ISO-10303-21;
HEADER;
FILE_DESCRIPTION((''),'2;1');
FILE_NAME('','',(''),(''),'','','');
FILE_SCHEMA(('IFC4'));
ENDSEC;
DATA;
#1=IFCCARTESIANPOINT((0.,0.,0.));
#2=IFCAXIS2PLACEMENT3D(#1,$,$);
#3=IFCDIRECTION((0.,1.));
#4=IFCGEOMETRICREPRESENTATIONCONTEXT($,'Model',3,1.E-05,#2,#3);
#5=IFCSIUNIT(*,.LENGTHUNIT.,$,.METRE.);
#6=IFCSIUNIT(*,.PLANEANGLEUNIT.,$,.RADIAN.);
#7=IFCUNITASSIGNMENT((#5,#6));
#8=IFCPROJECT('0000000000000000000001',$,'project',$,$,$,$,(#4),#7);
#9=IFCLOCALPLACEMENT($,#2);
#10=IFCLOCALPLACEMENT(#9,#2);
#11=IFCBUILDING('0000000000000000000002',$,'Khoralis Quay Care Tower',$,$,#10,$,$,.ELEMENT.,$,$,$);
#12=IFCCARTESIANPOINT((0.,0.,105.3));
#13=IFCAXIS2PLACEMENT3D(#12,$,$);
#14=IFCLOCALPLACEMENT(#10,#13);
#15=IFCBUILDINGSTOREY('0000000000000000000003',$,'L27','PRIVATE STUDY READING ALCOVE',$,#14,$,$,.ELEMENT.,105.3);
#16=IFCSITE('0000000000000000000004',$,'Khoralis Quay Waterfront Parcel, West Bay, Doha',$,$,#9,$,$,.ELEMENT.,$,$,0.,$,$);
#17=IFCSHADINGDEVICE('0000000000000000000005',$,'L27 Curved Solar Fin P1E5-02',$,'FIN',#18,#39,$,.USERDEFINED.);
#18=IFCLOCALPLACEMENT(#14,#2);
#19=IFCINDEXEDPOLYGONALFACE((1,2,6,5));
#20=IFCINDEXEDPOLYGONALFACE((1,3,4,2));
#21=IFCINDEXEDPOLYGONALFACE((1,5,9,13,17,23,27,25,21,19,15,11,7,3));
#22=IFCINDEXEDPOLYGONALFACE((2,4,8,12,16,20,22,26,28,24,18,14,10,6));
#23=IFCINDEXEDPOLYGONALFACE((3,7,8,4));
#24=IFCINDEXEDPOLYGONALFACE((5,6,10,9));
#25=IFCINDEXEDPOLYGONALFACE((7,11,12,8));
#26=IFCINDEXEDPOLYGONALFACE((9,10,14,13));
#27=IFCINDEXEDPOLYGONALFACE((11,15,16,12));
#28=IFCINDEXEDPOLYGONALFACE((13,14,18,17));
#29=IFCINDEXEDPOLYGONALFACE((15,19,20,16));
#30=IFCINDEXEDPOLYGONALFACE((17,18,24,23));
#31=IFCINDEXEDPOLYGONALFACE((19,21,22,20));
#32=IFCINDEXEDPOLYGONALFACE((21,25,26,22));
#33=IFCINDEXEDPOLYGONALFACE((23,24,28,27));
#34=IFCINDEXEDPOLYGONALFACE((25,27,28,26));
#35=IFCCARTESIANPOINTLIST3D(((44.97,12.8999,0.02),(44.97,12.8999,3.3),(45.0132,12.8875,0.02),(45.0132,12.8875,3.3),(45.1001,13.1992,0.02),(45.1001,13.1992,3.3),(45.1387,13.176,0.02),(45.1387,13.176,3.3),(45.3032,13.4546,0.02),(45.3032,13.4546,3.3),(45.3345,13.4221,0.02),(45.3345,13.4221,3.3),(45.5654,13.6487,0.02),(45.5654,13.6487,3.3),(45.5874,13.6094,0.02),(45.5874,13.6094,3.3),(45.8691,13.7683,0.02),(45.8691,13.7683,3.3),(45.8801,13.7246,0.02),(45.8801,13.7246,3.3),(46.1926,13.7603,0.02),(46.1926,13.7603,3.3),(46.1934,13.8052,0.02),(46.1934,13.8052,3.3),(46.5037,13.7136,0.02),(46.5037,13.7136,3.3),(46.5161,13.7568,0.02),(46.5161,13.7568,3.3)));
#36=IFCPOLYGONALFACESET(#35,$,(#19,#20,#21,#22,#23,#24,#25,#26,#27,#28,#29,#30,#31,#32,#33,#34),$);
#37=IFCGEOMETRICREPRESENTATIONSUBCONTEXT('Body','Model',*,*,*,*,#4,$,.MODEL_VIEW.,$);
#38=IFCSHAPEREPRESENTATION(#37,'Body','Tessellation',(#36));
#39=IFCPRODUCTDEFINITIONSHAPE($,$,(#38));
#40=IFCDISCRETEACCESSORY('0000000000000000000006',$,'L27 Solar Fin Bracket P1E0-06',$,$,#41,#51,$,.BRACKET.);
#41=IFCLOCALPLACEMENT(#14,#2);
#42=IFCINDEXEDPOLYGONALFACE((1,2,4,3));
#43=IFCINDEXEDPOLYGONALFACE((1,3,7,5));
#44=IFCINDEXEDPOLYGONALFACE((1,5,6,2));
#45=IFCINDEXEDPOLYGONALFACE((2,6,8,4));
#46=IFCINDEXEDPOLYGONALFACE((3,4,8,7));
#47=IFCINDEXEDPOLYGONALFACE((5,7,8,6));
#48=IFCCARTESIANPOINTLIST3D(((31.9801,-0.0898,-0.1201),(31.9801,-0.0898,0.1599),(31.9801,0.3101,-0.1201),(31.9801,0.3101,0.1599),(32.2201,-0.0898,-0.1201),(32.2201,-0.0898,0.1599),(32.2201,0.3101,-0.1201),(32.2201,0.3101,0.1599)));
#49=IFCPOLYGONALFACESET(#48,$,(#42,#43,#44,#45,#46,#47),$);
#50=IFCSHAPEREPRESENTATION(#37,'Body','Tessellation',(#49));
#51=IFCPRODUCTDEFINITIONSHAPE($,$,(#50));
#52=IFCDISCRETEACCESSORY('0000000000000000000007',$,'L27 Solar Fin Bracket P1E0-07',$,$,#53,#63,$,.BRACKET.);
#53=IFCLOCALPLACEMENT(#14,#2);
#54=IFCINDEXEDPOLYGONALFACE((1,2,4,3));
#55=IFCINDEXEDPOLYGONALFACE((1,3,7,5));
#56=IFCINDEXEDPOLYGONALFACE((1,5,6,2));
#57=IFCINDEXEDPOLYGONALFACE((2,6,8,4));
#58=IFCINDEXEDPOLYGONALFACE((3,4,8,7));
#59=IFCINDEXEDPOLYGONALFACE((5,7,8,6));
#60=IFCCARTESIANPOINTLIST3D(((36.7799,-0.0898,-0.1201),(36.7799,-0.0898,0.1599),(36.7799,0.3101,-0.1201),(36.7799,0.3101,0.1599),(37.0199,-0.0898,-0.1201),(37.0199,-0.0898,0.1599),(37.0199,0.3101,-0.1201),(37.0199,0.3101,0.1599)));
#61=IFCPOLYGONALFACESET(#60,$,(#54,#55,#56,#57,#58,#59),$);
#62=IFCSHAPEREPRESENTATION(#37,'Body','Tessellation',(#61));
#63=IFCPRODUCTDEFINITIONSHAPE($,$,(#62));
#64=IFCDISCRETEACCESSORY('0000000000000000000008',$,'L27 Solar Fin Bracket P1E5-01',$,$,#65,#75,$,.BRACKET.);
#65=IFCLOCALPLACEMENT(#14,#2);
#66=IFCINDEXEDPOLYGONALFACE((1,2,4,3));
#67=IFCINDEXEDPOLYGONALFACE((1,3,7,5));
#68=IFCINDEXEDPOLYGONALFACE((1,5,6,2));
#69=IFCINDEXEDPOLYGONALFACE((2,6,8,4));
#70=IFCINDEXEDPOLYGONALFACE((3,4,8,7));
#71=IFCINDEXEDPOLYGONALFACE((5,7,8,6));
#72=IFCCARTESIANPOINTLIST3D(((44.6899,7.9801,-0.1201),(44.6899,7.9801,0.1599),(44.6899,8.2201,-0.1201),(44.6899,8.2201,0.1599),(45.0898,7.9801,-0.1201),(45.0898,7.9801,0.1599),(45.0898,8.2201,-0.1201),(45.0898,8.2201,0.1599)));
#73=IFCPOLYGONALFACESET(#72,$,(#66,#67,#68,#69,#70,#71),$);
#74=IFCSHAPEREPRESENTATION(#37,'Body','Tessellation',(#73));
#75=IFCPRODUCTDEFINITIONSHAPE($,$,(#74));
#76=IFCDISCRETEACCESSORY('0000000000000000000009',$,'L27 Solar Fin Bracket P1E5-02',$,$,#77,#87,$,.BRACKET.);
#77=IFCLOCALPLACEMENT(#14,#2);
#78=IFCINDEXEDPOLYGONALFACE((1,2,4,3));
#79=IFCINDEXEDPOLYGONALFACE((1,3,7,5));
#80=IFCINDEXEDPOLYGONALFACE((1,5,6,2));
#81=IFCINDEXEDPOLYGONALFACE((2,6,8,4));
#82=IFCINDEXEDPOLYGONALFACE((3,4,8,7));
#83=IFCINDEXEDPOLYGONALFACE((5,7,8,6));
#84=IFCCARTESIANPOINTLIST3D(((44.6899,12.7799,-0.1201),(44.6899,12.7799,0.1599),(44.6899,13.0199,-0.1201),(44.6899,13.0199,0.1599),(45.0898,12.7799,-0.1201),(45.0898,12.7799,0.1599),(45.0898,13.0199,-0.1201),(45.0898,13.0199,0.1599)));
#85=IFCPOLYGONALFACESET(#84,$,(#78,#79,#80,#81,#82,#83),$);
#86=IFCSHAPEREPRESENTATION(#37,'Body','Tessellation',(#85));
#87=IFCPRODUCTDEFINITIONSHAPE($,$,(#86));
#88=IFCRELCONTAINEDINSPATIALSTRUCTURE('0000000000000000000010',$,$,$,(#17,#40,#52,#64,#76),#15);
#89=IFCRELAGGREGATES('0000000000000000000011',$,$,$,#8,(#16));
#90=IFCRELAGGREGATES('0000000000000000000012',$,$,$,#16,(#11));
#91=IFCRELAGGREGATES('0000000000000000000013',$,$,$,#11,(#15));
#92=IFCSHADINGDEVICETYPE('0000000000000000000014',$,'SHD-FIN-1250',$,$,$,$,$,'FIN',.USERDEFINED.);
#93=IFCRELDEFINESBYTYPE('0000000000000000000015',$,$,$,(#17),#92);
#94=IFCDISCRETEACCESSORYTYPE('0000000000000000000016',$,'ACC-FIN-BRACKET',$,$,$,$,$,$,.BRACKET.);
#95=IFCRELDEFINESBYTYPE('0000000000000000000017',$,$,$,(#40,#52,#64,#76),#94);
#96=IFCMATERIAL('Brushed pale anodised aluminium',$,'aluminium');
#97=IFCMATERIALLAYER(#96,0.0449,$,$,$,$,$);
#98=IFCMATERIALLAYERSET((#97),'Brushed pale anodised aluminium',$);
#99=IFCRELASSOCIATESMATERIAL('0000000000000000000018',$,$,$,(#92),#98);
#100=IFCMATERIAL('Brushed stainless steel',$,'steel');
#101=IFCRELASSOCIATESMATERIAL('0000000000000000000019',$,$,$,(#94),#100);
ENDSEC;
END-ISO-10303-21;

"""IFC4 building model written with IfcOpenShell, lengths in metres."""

from ifc_helpers import new_model, si_unit, direction, frame, origin, origin_2d, place, context, subcontext, project, spatial, polyline, rectangle, outline, extrude, source, transform, mapped, material, layer, layer_set, type_object, element, save


model = new_model("IFC4")

# Units and contexts
model_context = context("Model", 3, precision=1e-05, world=origin(), true_north=direction((0.0, 1.0)))
body_context = subcontext(model_context, "Body", "Model", "MODEL_VIEW")
ifc_project = project(units=[si_unit("LENGTHUNIT", "METRE"), si_unit("PLANEANGLEUNIT", "RADIAN")], contexts=[model_context])

# Site, building, storey
site_placement = place(None, origin())
site = spatial("IfcSite", under=ifc_project, at=site_placement, Name="Khoralis Quay Waterfront Parcel, West Bay, Doha", CompositionType="ELEMENT", RefElevation=0.0)
building_placement = place(site_placement, origin())
building = spatial("IfcBuilding", under=site, at=building_placement, Name="Khoralis Quay Care Tower", CompositionType="ELEMENT")
storey_placement = place(building_placement, frame((0.0, 0.0, 105.3)))
storey = spatial("IfcBuildingStorey", under=building, at=storey_placement, Name="L27", Description="PRIVATE STUDY READING ALCOVE", CompositionType="ELEMENT", Elevation=105.3)

# Shading device
ifc_material_1 = material(Name="Brushed pale anodised aluminium", Category="aluminium")
ifc_layer_1 = layer(ifc_material_1, 0.0449)
ifc_layer_set_1 = layer_set([ifc_layer_1], Name="Brushed pale anodised aluminium")
shading_device_type = type_object("IfcShadingDeviceType", Name="SHD-FIN-1250", ElementType="FIN", PredefinedType="USERDEFINED", material=ifc_layer_set_1)
shared_shape_1 = source(origin(), body_context, "Body", "SweptSolid", [
    extrude(outline(polyline([(0.0, 0.0), (0.1301, 0.2993), (0.3333, 0.5547), (0.5955, 0.7488), (0.8992, 0.8684), (1.2234, 0.9053), (1.5461, 0.8569), (1.5337, 0.8137), (1.2227, 0.8604), (0.9102, 0.8247), (0.6174, 0.7095), (0.3645, 0.5222), (0.1687, 0.2761), (0.0432, -0.0125), (0.0, 0.0)])), origin(), (0.0, 0.0, 1.0), 3.28),
])
for number, where, z_axis, x_axis, name in (
    (1, (44.97, 12.8999, 0.02), (0.0, 0.0, 1.0), (1.0, 0.0, 0.0), "L27 Curved Solar Fin P1E5-02"),
):
    element("IfcShadingDevice", number, at=place(storey_placement, frame(where, z_axis=z_axis, x_axis=x_axis)), inside=storey, type_object=shading_device_type, Name=name, ObjectType="FIN", PredefinedType="USERDEFINED", context=body_context, shape_type="MappedRepresentation", body=[
        mapped(shared_shape_1, transform((0.0, 0.0, 0.0), scale=1.0)),
    ])

# Discrete accessories
ifc_material_2 = material(Name="Brushed stainless steel", Category="steel")
discrete_accessory_type = type_object("IfcDiscreteAccessoryType", Name="ACC-FIN-BRACKET", PredefinedType="BRACKET", material=ifc_material_2)
shared_shape_2 = source(origin(), body_context, "Body", "SweptSolid", [
    extrude(rectangle(XDim=0.3999, YDim=0.24, at=origin_2d()), origin(), (0.0, 0.0, 1.0), 0.28),
])
for number, where, z_axis, x_axis, name in (
    (2, (32.1001, 0.1101, -0.1201), (0.0, 0.0, 1.0), (0.0, -1.0, 0.0), "L27 Solar Fin Bracket P1E0-06"),
    (3, (36.8999, 0.1101, -0.1201), (0.0, 0.0, 1.0), (0.0, -1.0, 0.0), "L27 Solar Fin Bracket P1E0-07"),
    (4, (44.8899, 8.1001, -0.1201), (0.0, 0.0, 1.0), (1.0, 0.0, 0.0), "L27 Solar Fin Bracket P1E5-01"),
    (5, (44.8899, 12.8999, -0.1201), (0.0, 0.0, 1.0), (1.0, 0.0, 0.0), "L27 Solar Fin Bracket P1E5-02"),
):
    element("IfcDiscreteAccessory", number, at=place(storey_placement, frame(where, z_axis=z_axis, x_axis=x_axis)), inside=storey, type_object=discrete_accessory_type, Name=name, PredefinedType="BRACKET", context=body_context, shape_type="MappedRepresentation", body=[
        mapped(shared_shape_2, transform((0.0, 0.0, 0.0), scale=1.0)),
    ])

save(model, "model.ifc")
